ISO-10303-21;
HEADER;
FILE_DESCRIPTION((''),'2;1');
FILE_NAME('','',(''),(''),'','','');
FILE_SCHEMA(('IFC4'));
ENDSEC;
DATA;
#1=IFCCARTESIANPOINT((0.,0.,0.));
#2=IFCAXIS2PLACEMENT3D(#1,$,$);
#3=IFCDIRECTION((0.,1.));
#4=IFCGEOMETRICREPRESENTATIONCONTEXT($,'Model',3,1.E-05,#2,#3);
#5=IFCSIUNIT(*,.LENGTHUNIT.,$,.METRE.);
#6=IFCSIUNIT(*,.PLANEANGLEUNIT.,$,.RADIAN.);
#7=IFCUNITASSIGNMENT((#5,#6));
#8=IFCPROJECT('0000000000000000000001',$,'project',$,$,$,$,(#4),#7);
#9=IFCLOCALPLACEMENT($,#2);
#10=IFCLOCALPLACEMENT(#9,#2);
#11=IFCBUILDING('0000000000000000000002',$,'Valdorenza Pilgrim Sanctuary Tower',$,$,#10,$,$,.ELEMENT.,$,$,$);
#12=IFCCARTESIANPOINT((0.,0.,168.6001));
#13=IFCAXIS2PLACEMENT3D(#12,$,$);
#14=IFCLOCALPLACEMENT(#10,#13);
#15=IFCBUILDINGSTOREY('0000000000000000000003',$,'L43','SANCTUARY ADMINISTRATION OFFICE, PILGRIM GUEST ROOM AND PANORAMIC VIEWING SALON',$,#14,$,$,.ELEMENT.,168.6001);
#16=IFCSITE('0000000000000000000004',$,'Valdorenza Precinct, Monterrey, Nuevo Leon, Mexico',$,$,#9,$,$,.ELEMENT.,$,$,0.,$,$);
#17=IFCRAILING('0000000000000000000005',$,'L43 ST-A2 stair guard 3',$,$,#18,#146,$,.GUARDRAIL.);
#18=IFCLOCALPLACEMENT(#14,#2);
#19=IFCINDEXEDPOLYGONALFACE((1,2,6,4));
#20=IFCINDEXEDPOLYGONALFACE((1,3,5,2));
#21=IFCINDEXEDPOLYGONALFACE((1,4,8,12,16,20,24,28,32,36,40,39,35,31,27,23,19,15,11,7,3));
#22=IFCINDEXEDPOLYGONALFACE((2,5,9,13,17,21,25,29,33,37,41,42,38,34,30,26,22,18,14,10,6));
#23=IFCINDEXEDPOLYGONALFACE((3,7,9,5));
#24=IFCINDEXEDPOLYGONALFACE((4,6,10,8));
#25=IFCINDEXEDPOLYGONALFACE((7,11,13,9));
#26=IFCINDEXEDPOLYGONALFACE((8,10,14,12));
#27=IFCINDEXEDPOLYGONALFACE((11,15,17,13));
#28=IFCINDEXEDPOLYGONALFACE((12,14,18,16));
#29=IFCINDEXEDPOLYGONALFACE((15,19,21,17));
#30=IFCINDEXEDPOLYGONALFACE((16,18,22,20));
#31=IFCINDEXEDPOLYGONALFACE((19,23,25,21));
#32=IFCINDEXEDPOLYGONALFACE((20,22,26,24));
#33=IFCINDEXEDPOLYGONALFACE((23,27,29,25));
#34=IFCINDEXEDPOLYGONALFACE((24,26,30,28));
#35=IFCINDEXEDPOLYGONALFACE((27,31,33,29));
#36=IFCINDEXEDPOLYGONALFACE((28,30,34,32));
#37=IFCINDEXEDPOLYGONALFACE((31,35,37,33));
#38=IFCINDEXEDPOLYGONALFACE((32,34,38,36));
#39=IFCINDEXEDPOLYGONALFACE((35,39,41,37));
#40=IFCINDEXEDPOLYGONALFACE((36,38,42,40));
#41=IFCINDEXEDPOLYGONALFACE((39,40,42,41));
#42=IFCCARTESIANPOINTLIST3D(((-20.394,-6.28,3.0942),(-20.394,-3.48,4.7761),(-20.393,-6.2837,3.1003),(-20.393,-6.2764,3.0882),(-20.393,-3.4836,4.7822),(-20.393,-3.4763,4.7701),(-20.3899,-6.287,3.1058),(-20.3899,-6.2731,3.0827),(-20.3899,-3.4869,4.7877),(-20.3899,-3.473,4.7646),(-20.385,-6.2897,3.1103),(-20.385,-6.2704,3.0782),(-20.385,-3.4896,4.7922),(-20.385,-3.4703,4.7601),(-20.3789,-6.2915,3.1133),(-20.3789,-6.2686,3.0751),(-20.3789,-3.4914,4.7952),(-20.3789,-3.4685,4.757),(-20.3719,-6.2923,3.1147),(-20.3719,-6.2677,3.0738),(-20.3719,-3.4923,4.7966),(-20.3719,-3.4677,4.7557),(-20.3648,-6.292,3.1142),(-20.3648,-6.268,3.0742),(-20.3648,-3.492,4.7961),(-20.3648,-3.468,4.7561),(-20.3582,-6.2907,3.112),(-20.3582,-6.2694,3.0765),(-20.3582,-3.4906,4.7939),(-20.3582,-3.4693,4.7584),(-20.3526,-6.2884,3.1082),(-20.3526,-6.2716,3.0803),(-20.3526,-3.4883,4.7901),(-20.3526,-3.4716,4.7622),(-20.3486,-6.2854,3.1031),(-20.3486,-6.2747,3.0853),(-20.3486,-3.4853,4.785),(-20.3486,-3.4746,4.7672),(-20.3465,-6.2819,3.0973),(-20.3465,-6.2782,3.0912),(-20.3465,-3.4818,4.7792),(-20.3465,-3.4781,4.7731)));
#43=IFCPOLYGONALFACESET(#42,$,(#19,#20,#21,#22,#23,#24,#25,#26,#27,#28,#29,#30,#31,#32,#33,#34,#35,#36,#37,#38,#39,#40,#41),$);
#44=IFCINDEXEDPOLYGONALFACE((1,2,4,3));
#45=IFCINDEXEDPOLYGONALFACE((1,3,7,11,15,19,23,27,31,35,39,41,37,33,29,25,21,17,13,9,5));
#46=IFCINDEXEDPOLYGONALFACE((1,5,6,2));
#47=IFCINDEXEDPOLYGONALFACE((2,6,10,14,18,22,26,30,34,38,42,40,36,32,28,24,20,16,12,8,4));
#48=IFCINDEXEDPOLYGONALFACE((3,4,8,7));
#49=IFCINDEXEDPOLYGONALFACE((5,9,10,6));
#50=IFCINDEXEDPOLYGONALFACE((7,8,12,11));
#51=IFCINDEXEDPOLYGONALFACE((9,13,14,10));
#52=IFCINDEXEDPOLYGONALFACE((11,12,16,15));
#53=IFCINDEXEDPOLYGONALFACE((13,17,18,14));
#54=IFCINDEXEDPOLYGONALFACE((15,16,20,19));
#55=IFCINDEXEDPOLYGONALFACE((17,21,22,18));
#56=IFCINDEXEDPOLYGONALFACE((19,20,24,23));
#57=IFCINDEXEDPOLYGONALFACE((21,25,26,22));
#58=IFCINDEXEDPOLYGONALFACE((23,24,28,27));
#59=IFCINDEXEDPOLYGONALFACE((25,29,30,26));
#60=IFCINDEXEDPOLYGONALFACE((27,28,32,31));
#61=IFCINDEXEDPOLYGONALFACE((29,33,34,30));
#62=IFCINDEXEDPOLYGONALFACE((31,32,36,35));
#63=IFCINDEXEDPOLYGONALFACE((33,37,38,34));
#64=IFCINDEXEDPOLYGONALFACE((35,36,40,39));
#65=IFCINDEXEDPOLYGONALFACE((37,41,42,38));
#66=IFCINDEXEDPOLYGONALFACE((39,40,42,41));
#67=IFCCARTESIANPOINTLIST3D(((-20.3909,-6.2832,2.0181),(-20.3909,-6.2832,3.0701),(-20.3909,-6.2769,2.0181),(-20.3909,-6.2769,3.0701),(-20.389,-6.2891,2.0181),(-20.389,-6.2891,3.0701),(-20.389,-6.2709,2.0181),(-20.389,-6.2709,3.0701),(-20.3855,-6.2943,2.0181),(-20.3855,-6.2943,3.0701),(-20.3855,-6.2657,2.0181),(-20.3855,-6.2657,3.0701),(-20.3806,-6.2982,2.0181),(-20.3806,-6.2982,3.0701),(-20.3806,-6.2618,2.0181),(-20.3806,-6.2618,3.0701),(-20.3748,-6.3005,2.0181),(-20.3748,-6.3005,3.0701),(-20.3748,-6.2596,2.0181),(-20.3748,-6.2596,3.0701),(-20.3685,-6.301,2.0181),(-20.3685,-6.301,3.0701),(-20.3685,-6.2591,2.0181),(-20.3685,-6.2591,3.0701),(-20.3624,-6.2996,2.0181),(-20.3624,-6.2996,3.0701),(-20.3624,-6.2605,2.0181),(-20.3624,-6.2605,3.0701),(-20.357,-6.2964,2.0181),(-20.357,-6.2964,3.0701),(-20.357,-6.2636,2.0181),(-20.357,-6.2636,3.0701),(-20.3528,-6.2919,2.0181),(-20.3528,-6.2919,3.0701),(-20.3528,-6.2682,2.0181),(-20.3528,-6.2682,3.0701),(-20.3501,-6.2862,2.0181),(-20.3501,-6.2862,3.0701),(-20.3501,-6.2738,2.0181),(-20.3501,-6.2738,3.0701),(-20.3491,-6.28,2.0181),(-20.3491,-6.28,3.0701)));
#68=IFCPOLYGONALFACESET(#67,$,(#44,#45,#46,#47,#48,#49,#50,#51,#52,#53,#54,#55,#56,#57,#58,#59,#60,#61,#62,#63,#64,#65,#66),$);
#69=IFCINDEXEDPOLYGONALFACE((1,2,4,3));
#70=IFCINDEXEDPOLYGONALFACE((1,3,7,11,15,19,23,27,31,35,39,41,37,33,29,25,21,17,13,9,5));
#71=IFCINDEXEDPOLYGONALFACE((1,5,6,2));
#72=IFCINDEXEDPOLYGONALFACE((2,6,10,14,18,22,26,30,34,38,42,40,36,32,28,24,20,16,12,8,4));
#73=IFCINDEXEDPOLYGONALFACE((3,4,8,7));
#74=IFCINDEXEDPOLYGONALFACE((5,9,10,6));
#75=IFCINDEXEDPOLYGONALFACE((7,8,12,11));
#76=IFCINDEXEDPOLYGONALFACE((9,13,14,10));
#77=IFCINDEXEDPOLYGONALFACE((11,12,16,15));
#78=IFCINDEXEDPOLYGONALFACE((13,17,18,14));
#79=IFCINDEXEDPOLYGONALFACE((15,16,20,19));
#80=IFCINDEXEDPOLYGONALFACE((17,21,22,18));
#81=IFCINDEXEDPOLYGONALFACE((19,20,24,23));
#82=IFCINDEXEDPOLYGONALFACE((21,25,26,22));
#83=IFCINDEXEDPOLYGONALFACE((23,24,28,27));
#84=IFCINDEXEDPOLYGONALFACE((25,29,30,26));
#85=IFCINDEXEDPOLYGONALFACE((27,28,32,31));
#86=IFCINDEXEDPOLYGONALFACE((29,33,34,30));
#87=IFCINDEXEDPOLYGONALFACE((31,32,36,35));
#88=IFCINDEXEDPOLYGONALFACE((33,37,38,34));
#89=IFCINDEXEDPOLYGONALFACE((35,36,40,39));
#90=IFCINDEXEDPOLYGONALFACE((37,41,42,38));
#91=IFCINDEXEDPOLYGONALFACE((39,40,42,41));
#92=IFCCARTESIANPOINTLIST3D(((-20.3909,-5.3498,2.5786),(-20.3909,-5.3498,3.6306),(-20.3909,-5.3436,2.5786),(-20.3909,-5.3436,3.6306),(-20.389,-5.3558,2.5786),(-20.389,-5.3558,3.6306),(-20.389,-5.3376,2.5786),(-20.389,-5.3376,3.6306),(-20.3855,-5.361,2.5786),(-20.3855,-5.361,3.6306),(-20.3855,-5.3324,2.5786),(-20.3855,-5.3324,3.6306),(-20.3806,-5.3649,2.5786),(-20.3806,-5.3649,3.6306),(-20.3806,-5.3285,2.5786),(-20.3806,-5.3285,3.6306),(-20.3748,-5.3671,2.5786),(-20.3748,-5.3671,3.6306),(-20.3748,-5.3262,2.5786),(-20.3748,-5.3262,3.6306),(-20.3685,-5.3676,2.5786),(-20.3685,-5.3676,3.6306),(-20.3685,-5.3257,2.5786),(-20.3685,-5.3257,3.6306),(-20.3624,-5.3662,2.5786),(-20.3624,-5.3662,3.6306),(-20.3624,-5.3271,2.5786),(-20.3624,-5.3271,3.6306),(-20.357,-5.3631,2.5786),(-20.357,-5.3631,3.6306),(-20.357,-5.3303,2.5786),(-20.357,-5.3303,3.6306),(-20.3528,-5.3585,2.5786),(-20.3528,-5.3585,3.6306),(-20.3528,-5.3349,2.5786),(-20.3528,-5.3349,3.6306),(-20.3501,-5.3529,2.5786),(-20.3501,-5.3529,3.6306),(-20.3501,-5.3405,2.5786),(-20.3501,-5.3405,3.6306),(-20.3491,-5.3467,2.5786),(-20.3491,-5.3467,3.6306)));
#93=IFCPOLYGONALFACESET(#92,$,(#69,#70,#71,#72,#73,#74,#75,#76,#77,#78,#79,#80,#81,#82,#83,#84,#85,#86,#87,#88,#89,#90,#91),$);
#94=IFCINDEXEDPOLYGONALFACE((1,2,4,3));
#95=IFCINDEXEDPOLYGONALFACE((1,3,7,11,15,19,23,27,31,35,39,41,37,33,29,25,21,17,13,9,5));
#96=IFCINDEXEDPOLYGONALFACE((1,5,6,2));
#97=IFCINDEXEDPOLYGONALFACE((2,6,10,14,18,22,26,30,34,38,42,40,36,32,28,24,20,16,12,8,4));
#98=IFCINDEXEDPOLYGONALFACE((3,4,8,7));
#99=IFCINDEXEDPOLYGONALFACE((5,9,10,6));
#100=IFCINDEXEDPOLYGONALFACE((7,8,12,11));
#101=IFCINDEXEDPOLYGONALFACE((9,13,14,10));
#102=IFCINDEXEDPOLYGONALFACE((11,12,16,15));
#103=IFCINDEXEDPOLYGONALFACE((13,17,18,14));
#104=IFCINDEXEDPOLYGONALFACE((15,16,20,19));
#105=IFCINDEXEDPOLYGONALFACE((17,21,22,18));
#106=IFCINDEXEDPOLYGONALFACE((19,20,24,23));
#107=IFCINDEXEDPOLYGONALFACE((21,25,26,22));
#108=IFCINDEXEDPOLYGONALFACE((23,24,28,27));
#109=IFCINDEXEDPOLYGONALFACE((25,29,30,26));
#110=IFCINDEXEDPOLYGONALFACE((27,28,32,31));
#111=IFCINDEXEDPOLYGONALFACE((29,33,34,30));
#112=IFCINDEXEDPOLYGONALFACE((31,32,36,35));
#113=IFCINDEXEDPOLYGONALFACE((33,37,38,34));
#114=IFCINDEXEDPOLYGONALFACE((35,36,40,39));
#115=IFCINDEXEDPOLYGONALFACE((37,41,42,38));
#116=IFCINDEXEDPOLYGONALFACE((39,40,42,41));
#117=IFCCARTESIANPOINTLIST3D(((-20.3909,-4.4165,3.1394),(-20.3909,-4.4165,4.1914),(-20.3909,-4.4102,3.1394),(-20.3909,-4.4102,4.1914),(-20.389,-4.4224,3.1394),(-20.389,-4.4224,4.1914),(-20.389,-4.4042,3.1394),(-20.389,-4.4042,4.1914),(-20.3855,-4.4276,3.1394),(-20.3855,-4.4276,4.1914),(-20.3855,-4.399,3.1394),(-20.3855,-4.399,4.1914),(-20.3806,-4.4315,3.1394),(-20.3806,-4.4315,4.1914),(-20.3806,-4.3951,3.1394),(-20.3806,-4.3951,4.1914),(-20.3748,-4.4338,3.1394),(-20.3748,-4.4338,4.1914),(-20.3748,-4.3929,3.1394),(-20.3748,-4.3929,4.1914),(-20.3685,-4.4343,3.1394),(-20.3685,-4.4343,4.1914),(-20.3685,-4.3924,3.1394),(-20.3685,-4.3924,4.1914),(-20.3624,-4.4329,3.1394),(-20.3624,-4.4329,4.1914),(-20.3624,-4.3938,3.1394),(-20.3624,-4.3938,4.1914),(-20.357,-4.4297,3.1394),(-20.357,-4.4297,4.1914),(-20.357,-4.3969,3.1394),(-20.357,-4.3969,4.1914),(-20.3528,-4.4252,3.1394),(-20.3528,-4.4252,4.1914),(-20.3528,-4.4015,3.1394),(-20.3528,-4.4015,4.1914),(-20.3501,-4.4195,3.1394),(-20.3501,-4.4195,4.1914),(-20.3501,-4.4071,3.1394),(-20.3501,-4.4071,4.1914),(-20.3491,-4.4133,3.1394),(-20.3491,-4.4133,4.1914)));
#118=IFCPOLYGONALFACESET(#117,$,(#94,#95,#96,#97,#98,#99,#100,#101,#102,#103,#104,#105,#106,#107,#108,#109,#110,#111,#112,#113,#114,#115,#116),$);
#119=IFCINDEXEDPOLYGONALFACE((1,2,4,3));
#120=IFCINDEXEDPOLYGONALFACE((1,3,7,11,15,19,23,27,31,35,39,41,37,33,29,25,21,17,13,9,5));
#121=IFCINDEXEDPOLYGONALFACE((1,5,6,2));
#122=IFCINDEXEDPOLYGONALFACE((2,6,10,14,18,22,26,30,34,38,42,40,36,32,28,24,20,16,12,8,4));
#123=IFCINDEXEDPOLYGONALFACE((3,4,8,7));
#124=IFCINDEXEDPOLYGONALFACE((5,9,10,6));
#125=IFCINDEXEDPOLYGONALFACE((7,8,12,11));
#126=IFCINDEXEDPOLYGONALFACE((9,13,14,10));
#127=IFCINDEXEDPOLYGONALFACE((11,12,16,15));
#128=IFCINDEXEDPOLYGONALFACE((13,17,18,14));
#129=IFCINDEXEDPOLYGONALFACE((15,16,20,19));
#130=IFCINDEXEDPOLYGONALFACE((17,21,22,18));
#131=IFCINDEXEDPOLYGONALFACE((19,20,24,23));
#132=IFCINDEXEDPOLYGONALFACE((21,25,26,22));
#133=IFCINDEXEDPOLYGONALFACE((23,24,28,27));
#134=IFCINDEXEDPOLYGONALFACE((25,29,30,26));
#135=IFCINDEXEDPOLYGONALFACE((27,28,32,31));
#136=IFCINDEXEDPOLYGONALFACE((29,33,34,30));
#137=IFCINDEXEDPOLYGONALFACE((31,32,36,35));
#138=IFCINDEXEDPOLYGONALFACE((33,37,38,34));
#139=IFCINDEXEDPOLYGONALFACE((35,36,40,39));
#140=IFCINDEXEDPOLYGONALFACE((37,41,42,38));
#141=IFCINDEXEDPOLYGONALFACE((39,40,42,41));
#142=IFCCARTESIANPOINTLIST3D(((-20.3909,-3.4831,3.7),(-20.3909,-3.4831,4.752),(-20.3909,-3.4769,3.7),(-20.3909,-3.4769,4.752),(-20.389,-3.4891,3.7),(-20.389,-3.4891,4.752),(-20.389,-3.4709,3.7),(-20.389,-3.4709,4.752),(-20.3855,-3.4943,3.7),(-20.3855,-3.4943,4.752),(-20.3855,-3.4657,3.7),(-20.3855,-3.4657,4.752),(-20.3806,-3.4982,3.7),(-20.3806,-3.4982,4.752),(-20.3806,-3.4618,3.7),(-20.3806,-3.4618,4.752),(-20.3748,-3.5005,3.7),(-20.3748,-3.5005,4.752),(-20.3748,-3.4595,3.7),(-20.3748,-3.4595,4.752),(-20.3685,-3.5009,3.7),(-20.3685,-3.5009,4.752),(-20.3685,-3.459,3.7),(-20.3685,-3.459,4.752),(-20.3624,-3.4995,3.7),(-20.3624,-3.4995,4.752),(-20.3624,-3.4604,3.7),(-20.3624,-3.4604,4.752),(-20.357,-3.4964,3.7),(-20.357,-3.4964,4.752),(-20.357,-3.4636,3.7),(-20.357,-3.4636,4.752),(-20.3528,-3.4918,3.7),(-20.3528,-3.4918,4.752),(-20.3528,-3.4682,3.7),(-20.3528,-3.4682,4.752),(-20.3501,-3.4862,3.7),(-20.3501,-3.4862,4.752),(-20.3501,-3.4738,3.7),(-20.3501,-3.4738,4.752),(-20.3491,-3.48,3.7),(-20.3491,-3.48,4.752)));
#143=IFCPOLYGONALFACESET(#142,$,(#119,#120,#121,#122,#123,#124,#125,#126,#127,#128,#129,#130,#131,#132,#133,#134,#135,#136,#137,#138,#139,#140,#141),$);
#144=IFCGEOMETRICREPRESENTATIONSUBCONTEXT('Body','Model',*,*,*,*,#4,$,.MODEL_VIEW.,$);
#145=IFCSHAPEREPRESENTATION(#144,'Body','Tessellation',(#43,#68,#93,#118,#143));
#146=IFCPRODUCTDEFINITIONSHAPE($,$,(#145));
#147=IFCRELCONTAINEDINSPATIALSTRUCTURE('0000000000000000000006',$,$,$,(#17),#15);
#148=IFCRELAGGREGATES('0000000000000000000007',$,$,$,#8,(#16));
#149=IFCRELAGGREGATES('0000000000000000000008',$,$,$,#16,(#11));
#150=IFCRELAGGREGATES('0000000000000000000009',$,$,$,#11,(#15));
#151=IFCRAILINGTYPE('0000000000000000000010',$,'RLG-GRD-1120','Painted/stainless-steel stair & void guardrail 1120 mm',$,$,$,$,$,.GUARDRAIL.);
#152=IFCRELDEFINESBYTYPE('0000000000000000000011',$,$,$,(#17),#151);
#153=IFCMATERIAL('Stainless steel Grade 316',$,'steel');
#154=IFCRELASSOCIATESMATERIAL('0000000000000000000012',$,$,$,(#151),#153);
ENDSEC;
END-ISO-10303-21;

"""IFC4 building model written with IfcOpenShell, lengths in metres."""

from ifc_helpers import new_model, si_unit, direction, frame, origin, origin_2d, place, context, subcontext, project, spatial, circle, extrude, material, type_object, element, save


model = new_model("IFC4")

# Units and contexts
model_context = context("Model", 3, precision=1e-05, world=origin(), true_north=direction((0.0, 1.0)))
body_context = subcontext(model_context, "Body", "Model", "MODEL_VIEW")
ifc_project = project(units=[si_unit("LENGTHUNIT", "METRE"), si_unit("PLANEANGLEUNIT", "RADIAN")], contexts=[model_context])

# Site, building, storey
site_placement = place(None, origin())
site = spatial("IfcSite", under=ifc_project, at=site_placement, Name="Valdorenza Precinct, Monterrey, Nuevo Leon, Mexico", CompositionType="ELEMENT", RefElevation=0.0)
building_placement = place(site_placement, origin())
building = spatial("IfcBuilding", under=site, at=building_placement, Name="Valdorenza Pilgrim Sanctuary Tower", CompositionType="ELEMENT")
storey_placement = place(building_placement, frame((0.0, 0.0, 168.6001)))
storey = spatial("IfcBuildingStorey", under=building, at=storey_placement, Name="L43", Description="SANCTUARY ADMINISTRATION OFFICE, PILGRIM GUEST ROOM AND PANORAMIC VIEWING SALON", CompositionType="ELEMENT", Elevation=168.6001)

# Railing
ifc_material_1 = material(Name="Stainless steel Grade 316", Category="steel")
railing_type_1 = type_object("IfcRailingType", Name="RLG-GRD-1120", Description="Painted/stainless-steel stair & void guardrail 1120 mm", PredefinedType="GUARDRAIL", material=ifc_material_1)
railing_1_placement = place(storey_placement, frame((-20.3701, -6.28, 2.0181)))
element("IfcRailing", 1, at=railing_1_placement, inside=storey, type_object=railing_type_1, Name="L43 ST-A2 stair guard 3", PredefinedType="GUARDRAIL", context=body_context, shape_type="SweptSolid", body=[
    extrude(circle(Radius=0.0239, at=origin_2d()), frame((0.0, 0.0, 1.0762), z_axis=(0.0, 0.857242, 0.514913), x_axis=(-1.0, 0.0, 0.0)), (0.0, 0.0, 1.0), 3.2664),
    extrude(circle(Radius=0.021, at=origin_2d()), origin(), (0.0, 0.0, 1.0), 1.052),
    extrude(circle(Radius=0.021, at=origin_2d()), frame((0.0, 0.9333, 0.5605)), (0.0, 0.0, 1.0), 1.052),
    extrude(circle(Radius=0.021, at=origin_2d()), frame((0.0, 1.8667, 1.1213)), (0.0, 0.0, 1.0), 1.052),
    extrude(circle(Radius=0.021, at=origin_2d()), frame((0.0, 2.8, 1.6819)), (0.0, 0.0, 1.0), 1.052),
])

save(model, "model.ifc")
